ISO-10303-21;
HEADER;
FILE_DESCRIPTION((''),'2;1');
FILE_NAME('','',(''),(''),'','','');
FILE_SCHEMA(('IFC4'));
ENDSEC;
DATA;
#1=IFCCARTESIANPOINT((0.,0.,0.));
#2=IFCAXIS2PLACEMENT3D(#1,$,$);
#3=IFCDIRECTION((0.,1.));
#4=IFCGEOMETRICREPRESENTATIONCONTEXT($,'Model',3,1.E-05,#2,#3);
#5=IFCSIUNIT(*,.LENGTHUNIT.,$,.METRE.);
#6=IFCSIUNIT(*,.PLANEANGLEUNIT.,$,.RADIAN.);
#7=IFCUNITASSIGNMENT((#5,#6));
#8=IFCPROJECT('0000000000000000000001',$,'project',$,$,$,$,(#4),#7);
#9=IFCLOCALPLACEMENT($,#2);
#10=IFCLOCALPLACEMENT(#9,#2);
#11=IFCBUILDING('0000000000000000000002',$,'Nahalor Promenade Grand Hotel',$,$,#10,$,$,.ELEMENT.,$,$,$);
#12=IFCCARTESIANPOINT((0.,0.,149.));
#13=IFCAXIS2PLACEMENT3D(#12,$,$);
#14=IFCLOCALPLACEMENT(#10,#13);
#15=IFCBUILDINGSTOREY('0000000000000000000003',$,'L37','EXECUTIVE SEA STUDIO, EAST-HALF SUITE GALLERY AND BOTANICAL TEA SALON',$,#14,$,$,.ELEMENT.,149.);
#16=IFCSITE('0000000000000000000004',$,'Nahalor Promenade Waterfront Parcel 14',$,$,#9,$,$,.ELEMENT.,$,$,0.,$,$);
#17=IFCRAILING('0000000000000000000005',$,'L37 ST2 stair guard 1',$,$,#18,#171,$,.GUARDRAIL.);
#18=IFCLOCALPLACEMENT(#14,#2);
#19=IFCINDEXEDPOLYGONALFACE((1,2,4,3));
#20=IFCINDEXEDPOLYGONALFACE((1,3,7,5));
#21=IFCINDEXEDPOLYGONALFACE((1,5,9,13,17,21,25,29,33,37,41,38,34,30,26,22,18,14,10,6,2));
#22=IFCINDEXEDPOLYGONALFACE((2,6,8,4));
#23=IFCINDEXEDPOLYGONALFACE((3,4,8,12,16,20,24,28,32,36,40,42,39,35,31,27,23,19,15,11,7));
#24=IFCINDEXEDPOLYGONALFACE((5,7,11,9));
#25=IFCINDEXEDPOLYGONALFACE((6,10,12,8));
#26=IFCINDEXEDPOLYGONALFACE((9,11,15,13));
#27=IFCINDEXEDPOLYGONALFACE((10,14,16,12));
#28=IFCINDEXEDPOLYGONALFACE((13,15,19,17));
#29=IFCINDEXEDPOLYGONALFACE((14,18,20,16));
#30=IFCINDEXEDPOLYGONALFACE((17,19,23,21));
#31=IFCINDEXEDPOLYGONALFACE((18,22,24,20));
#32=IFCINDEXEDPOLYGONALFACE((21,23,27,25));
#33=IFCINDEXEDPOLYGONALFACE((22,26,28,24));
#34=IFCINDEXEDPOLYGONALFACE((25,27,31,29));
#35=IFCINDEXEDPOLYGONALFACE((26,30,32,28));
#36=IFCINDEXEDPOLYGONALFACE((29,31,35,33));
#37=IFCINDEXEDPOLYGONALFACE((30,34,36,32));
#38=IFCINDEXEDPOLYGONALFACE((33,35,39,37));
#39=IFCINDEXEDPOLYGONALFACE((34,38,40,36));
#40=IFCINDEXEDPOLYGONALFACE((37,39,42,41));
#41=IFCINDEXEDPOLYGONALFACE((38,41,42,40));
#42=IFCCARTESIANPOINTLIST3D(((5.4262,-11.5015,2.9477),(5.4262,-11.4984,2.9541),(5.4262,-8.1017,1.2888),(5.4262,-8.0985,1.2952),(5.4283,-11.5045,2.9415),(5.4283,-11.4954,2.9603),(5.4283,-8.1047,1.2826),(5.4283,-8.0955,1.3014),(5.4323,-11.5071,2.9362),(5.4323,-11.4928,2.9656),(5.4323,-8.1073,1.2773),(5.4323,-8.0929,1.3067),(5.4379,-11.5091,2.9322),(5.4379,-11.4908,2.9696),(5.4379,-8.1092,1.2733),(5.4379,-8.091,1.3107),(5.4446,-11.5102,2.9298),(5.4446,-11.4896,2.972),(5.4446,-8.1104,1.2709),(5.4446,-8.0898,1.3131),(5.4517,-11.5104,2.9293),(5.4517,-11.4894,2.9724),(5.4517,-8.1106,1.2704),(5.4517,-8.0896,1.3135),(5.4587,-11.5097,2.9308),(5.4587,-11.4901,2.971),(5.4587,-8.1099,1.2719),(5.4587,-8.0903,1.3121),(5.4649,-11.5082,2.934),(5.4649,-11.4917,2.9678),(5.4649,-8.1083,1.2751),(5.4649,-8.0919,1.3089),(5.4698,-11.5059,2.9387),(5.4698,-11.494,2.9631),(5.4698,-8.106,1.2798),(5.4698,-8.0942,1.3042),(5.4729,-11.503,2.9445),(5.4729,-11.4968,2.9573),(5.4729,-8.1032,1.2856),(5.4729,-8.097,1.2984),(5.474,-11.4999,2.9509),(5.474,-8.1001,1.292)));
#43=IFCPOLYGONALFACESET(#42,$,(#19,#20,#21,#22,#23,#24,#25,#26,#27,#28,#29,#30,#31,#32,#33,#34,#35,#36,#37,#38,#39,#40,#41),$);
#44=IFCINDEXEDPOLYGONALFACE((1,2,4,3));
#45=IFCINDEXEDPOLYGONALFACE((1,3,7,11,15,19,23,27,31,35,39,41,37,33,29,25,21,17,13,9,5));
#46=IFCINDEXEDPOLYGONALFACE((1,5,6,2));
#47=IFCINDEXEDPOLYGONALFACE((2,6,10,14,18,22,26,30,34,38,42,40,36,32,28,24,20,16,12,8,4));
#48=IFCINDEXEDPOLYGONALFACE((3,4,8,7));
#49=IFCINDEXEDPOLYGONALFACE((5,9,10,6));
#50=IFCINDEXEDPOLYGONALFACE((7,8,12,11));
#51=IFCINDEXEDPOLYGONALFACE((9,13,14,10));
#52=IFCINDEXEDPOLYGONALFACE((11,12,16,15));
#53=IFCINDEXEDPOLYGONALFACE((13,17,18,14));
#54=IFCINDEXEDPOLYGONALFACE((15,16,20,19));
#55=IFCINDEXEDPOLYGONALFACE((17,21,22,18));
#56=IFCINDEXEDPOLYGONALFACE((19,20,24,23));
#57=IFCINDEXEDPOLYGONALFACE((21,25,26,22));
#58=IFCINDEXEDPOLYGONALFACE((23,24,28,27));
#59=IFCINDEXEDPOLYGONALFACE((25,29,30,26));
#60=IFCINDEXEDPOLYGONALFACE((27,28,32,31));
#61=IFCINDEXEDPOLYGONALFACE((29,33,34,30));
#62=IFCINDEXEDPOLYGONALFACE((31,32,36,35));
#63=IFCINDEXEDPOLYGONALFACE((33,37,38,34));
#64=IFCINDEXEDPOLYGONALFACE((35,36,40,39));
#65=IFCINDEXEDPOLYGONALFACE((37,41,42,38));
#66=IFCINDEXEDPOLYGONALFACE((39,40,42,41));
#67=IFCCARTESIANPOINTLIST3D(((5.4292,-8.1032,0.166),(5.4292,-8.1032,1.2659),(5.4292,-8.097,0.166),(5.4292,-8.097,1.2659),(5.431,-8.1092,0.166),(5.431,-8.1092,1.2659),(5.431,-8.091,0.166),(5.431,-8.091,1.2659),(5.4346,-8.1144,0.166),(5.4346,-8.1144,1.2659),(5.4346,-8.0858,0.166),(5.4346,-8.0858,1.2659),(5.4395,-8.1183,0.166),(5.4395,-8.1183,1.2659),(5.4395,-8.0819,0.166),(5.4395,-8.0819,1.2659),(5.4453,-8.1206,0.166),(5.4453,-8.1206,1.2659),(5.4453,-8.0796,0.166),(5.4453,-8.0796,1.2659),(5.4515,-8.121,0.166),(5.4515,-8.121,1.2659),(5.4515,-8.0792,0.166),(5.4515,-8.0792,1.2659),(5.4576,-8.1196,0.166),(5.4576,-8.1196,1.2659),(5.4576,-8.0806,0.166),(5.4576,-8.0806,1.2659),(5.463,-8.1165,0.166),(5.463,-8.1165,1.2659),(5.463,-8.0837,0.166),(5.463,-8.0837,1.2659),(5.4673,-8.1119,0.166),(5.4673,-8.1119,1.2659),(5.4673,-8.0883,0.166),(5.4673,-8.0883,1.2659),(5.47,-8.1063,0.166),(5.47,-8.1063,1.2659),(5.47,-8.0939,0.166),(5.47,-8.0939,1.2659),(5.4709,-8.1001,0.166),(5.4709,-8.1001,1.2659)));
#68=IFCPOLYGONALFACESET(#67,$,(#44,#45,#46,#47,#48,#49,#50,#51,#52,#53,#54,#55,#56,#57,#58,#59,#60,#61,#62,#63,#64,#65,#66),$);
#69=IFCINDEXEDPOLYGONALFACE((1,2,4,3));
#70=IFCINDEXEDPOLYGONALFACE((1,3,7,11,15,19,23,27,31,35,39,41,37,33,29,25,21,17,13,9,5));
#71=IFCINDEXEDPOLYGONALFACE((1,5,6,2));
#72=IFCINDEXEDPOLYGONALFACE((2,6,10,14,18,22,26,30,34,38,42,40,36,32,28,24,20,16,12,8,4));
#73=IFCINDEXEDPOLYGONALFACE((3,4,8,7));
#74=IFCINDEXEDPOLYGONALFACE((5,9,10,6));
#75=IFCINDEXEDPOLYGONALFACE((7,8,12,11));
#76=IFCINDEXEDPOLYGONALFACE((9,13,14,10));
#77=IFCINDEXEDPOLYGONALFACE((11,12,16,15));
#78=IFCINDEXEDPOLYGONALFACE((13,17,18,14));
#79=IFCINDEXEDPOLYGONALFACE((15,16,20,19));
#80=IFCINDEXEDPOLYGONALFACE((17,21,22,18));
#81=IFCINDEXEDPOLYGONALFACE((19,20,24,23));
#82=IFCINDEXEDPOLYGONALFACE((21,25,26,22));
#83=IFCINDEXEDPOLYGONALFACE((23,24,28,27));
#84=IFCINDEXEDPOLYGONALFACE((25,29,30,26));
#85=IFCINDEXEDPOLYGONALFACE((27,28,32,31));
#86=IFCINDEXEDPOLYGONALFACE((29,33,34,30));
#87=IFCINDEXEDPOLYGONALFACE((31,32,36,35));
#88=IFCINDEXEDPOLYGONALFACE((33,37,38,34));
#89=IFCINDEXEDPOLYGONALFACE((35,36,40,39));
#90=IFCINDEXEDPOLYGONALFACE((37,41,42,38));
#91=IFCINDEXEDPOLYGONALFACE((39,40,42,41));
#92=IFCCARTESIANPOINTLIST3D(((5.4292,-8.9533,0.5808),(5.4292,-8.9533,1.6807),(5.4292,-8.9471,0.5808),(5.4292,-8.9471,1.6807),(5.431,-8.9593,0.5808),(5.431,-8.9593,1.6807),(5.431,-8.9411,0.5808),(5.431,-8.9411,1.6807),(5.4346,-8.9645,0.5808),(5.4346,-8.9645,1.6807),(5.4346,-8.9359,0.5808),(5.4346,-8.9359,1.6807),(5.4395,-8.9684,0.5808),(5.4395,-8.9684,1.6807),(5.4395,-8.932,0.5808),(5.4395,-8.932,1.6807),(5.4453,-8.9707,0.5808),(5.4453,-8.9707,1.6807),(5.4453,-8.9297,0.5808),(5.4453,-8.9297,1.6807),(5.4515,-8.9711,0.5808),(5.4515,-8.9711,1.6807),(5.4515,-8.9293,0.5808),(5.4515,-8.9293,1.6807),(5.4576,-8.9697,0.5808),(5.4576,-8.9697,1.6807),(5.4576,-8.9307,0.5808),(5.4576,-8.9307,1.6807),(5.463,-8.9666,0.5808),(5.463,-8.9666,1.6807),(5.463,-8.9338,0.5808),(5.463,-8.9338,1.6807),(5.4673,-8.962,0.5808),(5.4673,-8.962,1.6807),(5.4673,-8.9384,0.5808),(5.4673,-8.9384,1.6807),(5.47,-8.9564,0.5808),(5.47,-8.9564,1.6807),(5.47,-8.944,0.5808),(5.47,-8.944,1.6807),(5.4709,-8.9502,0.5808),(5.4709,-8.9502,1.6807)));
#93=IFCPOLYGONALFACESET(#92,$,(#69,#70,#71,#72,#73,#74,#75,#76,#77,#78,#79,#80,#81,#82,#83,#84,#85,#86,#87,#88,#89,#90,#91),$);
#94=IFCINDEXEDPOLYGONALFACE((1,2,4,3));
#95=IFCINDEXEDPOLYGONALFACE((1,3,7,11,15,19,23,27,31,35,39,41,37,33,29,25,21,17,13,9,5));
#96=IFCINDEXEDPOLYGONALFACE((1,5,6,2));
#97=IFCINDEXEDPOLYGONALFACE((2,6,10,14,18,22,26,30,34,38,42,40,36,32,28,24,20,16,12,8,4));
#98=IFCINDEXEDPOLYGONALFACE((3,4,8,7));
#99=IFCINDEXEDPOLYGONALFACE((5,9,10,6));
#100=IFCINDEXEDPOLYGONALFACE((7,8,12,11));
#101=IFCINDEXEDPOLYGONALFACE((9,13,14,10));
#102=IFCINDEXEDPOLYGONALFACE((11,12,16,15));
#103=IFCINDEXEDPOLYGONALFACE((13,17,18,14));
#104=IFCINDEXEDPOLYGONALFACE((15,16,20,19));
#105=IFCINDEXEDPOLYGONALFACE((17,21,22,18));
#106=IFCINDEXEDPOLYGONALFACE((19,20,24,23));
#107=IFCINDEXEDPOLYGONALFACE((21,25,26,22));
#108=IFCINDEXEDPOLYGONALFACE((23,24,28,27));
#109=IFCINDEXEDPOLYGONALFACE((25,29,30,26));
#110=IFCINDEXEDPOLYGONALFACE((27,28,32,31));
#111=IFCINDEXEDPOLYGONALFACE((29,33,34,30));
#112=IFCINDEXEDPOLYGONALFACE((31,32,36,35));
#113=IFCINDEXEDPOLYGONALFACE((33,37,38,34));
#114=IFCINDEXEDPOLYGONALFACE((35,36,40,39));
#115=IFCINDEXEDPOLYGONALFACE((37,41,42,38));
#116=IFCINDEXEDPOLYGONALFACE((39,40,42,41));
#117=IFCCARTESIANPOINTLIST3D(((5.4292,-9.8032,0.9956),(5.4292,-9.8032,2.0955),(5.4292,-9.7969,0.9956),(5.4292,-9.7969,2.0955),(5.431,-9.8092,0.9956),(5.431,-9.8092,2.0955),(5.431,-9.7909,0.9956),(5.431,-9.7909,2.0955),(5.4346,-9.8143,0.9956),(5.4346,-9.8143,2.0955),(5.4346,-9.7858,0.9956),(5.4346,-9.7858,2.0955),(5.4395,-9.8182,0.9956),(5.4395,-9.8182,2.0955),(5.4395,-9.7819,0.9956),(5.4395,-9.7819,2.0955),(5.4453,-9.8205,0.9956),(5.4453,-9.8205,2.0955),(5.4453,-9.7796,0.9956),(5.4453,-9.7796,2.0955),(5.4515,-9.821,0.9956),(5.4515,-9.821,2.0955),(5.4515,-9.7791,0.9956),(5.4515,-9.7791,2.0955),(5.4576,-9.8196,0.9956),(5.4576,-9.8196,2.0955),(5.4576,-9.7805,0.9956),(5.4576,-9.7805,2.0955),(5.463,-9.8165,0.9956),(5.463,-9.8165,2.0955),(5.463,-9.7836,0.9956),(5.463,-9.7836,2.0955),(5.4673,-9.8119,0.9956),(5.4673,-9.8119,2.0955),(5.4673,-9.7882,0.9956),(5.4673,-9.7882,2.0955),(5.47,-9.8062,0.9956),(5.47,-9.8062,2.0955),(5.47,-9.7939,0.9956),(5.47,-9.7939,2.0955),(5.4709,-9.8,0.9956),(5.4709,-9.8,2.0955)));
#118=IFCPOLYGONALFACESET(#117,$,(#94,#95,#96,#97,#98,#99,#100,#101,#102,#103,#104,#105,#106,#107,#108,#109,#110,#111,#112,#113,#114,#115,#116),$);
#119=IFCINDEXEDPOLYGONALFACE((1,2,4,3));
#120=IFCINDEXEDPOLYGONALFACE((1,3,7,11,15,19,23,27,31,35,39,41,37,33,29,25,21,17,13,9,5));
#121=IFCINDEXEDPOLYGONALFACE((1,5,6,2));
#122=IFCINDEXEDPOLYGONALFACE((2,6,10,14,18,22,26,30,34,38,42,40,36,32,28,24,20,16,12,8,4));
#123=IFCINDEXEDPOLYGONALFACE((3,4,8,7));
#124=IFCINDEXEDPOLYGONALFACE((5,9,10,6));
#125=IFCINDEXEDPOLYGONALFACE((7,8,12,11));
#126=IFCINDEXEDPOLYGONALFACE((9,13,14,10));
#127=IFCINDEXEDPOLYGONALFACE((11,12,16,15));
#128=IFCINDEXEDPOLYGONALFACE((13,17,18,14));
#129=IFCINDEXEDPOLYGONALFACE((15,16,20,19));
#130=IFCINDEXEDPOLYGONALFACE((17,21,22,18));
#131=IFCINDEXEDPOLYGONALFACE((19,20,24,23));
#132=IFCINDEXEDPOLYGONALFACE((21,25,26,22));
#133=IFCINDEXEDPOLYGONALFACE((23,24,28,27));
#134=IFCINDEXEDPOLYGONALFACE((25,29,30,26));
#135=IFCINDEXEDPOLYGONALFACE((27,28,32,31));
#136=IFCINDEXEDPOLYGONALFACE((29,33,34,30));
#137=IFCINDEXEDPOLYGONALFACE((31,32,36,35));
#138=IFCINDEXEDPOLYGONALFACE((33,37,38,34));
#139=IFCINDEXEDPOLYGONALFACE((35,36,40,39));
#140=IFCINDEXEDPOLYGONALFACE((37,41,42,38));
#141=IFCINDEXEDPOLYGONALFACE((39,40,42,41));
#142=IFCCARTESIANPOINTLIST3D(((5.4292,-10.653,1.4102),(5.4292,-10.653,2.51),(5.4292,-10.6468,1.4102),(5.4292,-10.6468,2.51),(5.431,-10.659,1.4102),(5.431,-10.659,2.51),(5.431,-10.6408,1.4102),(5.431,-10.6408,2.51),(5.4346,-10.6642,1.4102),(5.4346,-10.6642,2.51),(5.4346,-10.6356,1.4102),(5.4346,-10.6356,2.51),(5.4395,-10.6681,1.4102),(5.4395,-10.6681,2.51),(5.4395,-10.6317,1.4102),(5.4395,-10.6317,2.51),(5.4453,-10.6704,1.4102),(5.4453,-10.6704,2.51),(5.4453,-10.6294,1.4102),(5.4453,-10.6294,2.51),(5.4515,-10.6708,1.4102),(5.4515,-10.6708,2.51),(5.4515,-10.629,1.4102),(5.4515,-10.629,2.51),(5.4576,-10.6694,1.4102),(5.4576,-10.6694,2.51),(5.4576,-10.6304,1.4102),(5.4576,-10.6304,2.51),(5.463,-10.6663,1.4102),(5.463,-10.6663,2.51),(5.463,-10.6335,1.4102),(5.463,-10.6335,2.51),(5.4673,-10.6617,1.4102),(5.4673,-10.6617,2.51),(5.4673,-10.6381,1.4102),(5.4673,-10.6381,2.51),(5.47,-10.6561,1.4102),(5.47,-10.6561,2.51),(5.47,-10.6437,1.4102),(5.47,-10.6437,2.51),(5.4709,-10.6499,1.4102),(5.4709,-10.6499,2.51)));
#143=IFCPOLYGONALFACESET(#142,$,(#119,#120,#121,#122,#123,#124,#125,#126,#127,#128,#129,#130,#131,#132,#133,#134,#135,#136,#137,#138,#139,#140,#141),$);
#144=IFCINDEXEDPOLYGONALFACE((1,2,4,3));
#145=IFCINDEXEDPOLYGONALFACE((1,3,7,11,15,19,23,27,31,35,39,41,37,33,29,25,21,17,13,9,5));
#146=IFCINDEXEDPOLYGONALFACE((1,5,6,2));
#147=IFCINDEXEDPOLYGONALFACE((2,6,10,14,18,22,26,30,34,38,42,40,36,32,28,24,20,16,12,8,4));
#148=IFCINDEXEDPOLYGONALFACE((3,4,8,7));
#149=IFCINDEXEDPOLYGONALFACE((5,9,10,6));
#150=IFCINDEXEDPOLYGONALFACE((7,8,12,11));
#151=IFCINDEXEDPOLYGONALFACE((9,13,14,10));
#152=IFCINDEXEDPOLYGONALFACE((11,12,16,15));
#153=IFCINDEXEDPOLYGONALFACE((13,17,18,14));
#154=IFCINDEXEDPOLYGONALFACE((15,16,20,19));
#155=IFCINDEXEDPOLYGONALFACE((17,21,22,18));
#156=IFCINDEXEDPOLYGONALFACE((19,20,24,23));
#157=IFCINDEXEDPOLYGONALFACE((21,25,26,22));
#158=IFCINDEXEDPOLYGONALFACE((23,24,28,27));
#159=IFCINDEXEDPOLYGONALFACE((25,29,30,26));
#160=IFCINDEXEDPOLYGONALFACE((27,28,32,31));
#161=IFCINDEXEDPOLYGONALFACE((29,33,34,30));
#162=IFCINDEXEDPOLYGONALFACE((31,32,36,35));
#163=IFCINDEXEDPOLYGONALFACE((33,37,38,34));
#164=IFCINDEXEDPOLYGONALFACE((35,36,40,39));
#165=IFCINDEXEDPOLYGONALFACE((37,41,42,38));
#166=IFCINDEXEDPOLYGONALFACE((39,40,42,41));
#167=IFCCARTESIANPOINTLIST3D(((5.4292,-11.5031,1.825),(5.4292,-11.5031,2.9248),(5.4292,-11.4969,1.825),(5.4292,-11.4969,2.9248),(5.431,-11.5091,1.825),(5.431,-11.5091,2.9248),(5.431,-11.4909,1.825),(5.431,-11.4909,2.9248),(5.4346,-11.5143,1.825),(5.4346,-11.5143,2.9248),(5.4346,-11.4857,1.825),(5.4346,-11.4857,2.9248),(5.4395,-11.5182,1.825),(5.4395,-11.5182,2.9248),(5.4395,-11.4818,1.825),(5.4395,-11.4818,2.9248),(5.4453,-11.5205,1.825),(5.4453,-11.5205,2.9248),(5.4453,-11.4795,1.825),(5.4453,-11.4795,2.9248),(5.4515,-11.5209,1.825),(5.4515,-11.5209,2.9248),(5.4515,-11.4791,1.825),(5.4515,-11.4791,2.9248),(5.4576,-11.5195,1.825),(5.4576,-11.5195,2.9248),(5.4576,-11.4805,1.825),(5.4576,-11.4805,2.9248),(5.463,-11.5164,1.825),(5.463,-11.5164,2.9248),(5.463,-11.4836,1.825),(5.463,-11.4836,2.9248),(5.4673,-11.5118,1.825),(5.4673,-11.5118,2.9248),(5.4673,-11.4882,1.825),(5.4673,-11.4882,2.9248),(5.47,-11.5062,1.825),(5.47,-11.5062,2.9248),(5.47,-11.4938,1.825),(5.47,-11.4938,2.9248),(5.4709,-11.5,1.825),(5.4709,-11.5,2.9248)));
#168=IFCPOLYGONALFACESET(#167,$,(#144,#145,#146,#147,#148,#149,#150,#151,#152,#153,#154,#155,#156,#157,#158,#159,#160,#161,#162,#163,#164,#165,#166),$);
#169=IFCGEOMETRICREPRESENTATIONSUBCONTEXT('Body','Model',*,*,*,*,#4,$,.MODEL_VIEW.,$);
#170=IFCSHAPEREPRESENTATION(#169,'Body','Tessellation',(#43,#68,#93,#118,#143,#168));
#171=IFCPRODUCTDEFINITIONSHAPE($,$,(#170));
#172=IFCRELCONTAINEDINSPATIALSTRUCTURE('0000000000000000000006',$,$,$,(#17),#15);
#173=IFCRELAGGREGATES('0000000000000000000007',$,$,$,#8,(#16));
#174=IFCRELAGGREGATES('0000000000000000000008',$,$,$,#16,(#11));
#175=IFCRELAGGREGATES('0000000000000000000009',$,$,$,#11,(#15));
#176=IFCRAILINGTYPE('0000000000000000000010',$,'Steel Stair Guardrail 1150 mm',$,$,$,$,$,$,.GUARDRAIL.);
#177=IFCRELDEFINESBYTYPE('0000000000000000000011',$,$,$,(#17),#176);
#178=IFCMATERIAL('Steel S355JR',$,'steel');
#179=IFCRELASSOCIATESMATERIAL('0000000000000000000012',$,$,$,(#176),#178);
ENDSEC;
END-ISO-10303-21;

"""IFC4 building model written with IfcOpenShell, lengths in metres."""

from ifc_helpers import new_model, si_unit, direction, frame, origin, origin_2d, place, context, subcontext, project, spatial, circle, extrude, material, type_object, element, save


model = new_model("IFC4")

# Units and contexts
model_context = context("Model", 3, precision=1e-05, world=origin(), true_north=direction((0.0, 1.0)))
body_context = subcontext(model_context, "Body", "Model", "MODEL_VIEW")
ifc_project = project(units=[si_unit("LENGTHUNIT", "METRE"), si_unit("PLANEANGLEUNIT", "RADIAN")], contexts=[model_context])

# Site, building, storey
site_placement = place(None, origin())
site = spatial("IfcSite", under=ifc_project, at=site_placement, Name="Nahalor Promenade Waterfront Parcel 14", CompositionType="ELEMENT", RefElevation=0.0)
building_placement = place(site_placement, origin())
building = spatial("IfcBuilding", under=site, at=building_placement, Name="Nahalor Promenade Grand Hotel", CompositionType="ELEMENT")
storey_placement = place(building_placement, frame((0.0, 0.0, 149.0)))
storey = spatial("IfcBuildingStorey", under=building, at=storey_placement, Name="L37", Description="EXECUTIVE SEA STUDIO, EAST-HALF SUITE GALLERY AND BOTANICAL TEA SALON", CompositionType="ELEMENT", Elevation=149.0)

# Shared definitions
ifc_material_1 = material(Name="Steel S355JR", Category="steel")

# Railing
railing_type_1 = type_object("IfcRailingType", Name="Steel Stair Guardrail 1150 mm", PredefinedType="GUARDRAIL", material=ifc_material_1)
railing_1_placement = place(storey_placement, frame((5.45, -8.1001, 0.166)))
element("IfcRailing", 1, at=railing_1_placement, inside=storey, type_object=railing_type_1, Name="L37 ST2 stair guard 1", PredefinedType="GUARDRAIL", context=body_context, shape_type="SweptSolid", body=[
    extrude(circle(Radius=0.024, at=origin_2d()), frame((0.0, 0.0, 1.126), z_axis=(0.0, -0.898722, 0.438519), x_axis=(1.0, 0.0, 0.0)), (0.0, 0.0, 1.0), 3.783),
    extrude(circle(Radius=0.021, at=origin_2d()), origin(), (0.0, 0.0, 1.0), 1.0999),
    extrude(circle(Radius=0.021, at=origin_2d()), frame((0.0, -0.8501, 0.4148)), (0.0, 0.0, 1.0), 1.0999),
    extrude(circle(Radius=0.021, at=origin_2d()), frame((0.0, -1.7, 0.8296)), (0.0, 0.0, 1.0), 1.0999),
    extrude(circle(Radius=0.021, at=origin_2d()), frame((0.0, -2.5498, 1.2441)), (0.0, 0.0, 1.0), 1.0999),
    extrude(circle(Radius=0.021, at=origin_2d()), frame((0.0, -3.3999, 1.6589)), (0.0, 0.0, 1.0), 1.0999),
])

save(model, "model.ifc")
